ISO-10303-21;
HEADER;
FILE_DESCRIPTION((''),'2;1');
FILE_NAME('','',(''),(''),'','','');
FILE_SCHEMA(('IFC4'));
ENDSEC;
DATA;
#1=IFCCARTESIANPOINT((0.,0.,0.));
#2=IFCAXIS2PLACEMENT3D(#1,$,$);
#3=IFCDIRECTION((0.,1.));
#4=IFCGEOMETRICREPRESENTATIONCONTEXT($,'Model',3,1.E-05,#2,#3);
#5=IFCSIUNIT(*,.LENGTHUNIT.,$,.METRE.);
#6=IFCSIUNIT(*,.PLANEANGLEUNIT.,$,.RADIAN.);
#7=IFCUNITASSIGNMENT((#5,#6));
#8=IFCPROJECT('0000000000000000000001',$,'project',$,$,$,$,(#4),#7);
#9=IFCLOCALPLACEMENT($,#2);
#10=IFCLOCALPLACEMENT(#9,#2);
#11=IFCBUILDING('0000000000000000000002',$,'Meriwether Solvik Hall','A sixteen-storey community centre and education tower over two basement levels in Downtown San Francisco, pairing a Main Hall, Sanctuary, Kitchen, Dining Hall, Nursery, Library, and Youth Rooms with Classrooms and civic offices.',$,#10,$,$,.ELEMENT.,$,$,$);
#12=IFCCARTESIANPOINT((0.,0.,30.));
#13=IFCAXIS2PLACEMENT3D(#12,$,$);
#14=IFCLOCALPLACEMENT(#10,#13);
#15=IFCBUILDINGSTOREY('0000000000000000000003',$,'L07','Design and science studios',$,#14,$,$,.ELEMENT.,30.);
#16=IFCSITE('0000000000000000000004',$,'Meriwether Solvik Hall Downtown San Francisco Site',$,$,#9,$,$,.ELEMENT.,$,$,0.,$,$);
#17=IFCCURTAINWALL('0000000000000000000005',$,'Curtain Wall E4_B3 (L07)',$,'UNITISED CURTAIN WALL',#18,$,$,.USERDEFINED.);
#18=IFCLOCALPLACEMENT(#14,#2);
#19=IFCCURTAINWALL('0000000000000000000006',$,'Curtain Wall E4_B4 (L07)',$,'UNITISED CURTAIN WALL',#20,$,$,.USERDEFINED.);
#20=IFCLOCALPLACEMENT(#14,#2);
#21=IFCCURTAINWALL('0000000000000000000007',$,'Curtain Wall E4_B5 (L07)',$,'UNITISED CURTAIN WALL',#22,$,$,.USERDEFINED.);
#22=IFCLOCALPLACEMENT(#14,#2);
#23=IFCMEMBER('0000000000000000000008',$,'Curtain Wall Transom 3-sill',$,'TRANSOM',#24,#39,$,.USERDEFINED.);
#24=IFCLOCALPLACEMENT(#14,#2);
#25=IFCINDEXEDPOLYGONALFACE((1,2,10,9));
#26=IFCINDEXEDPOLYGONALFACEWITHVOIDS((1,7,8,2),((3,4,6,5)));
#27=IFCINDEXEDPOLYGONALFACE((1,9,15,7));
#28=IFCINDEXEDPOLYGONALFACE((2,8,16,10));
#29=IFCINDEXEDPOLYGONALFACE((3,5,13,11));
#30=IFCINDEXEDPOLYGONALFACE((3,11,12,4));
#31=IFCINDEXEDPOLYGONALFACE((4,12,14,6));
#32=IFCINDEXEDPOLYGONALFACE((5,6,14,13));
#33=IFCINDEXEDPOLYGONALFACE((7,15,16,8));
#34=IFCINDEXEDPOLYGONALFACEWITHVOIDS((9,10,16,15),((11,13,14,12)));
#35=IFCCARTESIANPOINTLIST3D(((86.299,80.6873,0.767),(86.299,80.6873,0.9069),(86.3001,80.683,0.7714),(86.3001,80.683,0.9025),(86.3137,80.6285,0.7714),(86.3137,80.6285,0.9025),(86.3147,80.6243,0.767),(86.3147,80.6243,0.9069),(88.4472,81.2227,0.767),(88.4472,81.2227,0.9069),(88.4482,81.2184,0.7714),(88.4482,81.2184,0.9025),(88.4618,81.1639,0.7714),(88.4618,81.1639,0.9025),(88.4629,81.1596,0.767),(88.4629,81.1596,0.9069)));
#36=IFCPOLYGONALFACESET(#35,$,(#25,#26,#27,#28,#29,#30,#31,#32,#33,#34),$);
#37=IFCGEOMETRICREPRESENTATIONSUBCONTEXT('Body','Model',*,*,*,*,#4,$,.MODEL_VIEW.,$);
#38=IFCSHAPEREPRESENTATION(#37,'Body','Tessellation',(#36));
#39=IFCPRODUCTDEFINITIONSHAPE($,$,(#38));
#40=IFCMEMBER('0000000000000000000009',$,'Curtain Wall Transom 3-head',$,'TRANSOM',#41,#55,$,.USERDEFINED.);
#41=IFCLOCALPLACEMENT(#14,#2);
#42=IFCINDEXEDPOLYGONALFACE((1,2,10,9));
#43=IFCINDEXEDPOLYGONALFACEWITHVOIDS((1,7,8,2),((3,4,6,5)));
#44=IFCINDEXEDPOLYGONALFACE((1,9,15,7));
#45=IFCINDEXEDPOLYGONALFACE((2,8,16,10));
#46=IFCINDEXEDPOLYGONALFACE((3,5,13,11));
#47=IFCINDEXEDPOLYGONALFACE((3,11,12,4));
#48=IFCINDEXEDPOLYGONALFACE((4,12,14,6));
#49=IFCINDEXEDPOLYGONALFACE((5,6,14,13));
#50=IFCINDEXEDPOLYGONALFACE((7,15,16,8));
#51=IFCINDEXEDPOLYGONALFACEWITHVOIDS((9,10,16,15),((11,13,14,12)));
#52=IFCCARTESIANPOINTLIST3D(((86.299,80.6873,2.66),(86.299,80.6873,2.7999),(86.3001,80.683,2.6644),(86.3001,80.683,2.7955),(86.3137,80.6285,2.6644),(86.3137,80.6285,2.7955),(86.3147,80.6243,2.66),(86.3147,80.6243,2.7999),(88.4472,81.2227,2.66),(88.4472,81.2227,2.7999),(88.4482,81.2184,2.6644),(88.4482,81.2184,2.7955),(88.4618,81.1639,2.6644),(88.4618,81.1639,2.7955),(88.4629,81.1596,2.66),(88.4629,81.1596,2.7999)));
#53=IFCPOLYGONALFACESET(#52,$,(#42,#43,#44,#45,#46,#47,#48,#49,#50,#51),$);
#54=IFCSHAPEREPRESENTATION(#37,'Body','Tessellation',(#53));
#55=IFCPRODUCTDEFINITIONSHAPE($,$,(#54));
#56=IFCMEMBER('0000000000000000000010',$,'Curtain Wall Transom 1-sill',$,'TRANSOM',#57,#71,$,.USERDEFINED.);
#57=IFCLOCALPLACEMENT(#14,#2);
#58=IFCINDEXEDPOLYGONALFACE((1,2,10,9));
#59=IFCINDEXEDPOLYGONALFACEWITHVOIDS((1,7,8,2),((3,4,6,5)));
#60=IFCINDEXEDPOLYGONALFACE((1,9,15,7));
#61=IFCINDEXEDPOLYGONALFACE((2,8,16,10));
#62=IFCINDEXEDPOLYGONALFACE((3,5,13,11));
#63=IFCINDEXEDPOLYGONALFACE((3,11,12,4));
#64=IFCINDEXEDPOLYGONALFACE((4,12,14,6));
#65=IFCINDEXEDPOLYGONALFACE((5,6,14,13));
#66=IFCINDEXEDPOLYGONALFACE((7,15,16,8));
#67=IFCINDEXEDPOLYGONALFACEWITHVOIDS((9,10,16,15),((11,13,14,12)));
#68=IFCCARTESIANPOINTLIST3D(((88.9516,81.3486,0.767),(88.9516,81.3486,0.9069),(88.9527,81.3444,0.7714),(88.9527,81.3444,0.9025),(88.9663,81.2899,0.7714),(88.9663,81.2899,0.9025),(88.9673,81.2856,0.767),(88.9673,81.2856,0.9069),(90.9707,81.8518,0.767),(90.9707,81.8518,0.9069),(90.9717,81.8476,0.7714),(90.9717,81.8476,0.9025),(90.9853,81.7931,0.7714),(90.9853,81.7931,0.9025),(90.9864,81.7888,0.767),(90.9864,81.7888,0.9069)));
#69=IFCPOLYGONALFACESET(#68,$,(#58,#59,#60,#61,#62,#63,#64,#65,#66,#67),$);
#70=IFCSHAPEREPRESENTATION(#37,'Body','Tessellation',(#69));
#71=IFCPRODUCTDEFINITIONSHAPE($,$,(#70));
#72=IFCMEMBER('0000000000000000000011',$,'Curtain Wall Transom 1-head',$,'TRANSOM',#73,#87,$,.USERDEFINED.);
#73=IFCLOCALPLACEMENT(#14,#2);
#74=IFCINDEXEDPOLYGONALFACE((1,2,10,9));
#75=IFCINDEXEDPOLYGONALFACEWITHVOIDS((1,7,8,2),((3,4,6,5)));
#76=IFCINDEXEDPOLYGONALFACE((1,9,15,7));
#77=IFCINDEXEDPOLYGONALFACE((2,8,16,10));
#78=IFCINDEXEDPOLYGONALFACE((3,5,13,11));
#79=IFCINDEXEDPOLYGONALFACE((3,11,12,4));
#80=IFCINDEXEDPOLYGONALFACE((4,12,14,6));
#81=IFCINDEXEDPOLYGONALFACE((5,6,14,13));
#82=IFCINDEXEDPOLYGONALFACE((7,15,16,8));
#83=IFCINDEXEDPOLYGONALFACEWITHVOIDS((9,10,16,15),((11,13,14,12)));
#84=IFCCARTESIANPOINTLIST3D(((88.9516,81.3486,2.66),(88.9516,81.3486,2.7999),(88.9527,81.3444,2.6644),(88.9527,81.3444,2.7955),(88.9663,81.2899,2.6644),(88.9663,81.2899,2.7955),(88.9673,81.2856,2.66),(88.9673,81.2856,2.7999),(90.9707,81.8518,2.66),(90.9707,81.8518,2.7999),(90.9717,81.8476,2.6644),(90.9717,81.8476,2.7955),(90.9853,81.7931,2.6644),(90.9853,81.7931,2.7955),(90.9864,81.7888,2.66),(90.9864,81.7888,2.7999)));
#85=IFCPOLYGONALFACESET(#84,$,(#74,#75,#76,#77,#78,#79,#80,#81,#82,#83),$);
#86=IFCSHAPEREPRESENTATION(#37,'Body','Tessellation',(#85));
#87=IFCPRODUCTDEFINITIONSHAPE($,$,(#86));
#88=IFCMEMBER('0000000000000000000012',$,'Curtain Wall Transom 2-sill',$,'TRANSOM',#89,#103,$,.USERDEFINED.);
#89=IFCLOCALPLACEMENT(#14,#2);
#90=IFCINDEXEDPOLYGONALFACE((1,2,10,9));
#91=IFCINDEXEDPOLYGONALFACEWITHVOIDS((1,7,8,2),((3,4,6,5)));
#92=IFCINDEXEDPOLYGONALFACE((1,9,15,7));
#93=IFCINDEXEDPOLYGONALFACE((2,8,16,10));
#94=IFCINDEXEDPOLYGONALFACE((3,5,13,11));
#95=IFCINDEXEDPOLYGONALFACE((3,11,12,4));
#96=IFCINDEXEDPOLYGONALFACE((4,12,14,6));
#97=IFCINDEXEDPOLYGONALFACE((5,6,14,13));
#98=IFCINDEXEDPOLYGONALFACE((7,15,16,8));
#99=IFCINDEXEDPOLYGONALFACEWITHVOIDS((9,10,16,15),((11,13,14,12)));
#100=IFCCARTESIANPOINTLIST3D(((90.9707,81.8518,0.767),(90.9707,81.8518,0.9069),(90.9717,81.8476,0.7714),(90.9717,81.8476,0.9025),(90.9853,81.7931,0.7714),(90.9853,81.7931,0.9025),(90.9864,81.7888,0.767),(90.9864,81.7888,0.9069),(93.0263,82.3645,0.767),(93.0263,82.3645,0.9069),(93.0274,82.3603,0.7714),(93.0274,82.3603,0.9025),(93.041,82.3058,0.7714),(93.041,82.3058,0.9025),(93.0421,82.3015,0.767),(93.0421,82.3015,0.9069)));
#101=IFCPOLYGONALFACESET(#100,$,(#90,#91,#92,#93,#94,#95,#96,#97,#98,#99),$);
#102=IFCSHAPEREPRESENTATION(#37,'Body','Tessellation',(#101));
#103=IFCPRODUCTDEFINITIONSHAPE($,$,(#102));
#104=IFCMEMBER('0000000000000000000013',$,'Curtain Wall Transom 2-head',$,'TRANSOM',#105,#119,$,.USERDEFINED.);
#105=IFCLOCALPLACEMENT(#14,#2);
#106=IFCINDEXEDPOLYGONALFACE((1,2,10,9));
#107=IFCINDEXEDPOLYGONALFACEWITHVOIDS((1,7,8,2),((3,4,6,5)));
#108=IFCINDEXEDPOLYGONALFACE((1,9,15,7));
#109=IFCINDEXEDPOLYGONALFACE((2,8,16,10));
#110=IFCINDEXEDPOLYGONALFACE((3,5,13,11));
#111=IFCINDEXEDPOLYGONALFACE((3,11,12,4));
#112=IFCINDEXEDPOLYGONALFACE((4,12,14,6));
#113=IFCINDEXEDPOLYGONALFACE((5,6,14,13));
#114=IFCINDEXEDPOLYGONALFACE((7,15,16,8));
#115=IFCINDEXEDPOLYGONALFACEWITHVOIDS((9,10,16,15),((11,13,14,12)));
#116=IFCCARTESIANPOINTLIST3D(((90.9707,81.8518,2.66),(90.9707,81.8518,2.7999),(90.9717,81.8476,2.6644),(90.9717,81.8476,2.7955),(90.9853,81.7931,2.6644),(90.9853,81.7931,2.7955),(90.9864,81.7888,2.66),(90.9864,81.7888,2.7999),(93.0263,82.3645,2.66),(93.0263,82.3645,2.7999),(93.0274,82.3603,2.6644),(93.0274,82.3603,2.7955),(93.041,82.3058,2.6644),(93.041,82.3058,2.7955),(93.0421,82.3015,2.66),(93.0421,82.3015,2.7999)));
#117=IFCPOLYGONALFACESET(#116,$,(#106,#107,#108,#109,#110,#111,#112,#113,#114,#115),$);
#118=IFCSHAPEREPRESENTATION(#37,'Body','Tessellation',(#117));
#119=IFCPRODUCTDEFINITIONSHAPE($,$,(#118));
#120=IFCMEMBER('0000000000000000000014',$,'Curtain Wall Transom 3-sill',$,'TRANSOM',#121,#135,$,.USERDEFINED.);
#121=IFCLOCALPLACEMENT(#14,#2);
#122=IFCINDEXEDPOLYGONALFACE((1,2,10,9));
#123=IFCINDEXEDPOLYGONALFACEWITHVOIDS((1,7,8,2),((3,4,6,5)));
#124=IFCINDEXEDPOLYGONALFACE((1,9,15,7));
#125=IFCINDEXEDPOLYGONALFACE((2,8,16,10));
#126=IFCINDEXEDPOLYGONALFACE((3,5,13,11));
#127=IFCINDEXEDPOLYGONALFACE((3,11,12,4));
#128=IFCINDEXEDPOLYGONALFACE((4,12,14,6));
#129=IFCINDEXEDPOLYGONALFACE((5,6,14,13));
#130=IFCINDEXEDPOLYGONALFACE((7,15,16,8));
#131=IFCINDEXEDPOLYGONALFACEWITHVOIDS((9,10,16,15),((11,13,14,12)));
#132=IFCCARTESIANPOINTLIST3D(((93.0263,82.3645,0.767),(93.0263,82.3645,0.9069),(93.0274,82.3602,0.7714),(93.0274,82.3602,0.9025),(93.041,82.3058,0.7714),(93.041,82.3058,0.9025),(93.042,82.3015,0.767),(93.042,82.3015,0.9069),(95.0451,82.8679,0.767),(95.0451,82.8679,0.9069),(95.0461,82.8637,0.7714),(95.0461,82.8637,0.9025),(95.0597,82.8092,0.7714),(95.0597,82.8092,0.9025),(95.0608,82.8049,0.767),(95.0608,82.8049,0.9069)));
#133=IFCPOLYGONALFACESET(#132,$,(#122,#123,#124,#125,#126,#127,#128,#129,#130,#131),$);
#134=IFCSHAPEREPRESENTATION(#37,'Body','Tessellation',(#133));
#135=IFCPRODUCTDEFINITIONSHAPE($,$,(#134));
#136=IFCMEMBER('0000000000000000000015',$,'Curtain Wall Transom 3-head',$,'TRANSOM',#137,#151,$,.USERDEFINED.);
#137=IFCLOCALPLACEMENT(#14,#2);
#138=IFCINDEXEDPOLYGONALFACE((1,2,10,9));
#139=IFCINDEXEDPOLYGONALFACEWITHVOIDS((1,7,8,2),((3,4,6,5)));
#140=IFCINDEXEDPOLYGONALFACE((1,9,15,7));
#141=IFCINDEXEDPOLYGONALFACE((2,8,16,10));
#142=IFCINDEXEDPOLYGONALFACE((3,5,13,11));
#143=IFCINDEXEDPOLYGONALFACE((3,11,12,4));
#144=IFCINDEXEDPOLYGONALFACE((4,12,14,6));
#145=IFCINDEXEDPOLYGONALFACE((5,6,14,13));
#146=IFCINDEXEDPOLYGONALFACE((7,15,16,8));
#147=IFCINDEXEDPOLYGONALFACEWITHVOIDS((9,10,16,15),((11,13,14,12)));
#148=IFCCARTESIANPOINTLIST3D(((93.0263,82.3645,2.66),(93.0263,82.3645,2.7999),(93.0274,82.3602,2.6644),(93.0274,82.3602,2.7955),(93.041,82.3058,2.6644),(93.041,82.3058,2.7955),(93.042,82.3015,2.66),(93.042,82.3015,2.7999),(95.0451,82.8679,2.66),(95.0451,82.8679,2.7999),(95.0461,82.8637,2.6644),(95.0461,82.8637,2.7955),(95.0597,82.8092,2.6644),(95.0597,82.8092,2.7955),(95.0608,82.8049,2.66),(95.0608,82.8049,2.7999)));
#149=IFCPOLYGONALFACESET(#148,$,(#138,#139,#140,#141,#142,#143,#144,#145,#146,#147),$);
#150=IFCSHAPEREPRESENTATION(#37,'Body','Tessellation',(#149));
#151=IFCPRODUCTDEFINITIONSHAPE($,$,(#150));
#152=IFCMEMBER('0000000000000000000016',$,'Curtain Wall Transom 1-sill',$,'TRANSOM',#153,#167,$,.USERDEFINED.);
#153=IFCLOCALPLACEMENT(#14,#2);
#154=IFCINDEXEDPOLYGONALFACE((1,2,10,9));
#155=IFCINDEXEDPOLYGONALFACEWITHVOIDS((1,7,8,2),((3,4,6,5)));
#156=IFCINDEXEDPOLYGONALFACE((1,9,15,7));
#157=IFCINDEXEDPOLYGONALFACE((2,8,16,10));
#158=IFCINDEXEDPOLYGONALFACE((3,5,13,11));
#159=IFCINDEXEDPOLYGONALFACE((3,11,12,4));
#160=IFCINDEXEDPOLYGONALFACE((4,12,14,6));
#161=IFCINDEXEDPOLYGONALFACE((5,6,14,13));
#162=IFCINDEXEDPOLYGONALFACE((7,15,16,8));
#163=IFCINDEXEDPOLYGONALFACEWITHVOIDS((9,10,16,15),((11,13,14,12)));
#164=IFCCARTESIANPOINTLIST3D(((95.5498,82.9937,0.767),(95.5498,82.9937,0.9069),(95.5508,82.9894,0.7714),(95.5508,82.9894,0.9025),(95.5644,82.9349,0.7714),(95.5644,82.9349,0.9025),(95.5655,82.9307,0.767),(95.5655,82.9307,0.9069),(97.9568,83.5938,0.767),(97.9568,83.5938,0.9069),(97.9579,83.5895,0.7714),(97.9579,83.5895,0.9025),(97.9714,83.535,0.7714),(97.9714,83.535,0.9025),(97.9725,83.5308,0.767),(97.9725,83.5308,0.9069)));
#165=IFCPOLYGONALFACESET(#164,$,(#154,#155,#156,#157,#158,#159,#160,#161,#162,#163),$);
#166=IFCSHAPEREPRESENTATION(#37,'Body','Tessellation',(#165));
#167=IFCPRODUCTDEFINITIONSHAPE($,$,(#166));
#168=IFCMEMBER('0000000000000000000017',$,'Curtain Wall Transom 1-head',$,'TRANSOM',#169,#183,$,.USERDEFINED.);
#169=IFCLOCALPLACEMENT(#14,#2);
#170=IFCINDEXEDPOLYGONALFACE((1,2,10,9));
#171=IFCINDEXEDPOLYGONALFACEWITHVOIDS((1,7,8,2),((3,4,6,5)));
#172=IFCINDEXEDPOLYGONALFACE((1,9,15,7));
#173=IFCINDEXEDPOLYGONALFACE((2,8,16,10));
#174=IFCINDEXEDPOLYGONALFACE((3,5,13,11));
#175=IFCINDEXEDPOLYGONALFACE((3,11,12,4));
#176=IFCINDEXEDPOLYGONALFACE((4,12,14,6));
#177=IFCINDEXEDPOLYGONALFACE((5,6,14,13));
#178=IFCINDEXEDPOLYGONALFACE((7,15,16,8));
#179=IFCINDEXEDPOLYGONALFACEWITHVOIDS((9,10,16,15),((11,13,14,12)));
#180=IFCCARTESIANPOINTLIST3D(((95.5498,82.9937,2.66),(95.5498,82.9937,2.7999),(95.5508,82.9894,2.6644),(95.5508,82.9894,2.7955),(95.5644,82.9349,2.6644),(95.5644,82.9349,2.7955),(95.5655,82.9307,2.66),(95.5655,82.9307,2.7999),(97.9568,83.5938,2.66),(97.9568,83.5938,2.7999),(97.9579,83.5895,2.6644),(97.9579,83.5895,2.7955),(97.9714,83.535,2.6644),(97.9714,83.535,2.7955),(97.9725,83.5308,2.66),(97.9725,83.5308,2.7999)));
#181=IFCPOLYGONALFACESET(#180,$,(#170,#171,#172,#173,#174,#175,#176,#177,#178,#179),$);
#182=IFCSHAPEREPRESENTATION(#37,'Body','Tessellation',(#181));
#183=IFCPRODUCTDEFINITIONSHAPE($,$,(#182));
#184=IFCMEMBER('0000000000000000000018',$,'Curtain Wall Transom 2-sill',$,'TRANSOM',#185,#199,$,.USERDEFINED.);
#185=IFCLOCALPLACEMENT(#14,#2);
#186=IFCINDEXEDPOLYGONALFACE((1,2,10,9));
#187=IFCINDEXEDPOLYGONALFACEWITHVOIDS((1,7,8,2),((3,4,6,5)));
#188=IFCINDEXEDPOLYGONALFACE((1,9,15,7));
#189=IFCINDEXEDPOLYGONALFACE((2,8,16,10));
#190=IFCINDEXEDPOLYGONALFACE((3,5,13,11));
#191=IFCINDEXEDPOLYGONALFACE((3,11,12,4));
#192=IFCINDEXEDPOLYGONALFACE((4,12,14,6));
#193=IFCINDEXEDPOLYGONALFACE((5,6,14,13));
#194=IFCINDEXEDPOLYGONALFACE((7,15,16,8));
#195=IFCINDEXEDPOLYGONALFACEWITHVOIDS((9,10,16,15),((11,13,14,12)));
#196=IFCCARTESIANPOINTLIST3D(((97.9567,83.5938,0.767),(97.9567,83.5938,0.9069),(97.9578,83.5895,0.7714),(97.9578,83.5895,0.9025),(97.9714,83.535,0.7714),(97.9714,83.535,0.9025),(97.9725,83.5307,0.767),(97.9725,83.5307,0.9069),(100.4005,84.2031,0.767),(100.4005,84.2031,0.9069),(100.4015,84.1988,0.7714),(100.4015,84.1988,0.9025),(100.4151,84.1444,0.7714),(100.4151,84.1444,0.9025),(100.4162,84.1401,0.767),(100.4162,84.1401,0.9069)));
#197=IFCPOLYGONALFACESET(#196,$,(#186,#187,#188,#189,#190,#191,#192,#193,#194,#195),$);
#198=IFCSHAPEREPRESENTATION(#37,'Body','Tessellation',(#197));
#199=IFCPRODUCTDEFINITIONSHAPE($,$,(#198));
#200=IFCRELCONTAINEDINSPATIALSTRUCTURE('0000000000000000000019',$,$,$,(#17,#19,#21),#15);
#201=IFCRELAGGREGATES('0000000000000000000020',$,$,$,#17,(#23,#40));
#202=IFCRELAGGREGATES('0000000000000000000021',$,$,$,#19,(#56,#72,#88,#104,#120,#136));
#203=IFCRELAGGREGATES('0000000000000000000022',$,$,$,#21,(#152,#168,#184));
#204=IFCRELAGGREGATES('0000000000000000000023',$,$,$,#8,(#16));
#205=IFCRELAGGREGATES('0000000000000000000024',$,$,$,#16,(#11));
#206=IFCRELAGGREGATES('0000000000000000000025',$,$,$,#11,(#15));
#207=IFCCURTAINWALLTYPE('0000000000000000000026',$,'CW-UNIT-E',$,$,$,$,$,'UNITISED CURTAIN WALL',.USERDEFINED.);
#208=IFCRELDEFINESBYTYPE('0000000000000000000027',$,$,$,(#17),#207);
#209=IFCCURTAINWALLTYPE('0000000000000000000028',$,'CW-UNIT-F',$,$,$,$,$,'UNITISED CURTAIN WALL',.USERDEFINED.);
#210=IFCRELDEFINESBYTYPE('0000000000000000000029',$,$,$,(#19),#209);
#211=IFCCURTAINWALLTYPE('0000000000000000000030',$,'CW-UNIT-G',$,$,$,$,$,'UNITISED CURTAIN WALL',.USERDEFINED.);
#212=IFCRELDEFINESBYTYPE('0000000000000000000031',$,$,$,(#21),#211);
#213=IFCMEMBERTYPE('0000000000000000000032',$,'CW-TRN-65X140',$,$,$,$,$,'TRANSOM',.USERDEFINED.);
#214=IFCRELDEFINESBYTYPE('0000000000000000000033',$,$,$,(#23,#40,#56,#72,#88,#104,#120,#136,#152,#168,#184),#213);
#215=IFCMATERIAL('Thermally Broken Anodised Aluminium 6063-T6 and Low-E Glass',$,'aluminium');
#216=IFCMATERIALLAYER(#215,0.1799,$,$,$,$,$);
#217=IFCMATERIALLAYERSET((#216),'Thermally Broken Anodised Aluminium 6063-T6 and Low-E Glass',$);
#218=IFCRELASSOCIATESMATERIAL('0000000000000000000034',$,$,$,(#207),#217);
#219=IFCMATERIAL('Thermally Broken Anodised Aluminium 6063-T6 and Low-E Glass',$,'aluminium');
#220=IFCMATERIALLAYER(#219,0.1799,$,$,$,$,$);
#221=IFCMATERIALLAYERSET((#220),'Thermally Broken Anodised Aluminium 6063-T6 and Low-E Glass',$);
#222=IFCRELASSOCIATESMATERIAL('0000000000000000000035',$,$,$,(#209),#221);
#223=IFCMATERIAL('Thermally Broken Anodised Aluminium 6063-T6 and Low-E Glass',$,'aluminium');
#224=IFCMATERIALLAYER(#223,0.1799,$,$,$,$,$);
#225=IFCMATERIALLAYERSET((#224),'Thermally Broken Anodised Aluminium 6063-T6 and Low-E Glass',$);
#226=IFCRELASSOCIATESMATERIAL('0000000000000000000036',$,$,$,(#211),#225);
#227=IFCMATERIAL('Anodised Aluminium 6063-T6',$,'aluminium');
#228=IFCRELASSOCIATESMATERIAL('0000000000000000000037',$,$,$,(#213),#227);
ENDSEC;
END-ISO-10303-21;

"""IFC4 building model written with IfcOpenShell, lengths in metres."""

from ifc_helpers import new_model, si_unit, direction, frame, origin, origin_2d, place, context, subcontext, project, spatial, hollow_rectangle, extrude, material, layer, layer_set, material_profile, profile_set, type_object, element, aggregate, save


model = new_model("IFC4")

# Units and contexts
model_context = context("Model", 3, precision=1e-05, world=origin(), true_north=direction((0.0, 1.0)))
body_context = subcontext(model_context, "Body", "Model", "MODEL_VIEW")
ifc_project = project(units=[si_unit("LENGTHUNIT", "METRE"), si_unit("PLANEANGLEUNIT", "RADIAN")], contexts=[model_context])

# Site, building, storey
site_placement = place(None, origin())
site = spatial("IfcSite", under=ifc_project, at=site_placement, Name="Meriwether Solvik Hall Downtown San Francisco Site", CompositionType="ELEMENT", RefElevation=0.0)
building_placement = place(site_placement, origin())
building = spatial("IfcBuilding", under=site, at=building_placement, Name="Meriwether Solvik Hall", Description="A sixteen-storey community centre and education tower over two basement levels in Downtown San Francisco, pairing a Main Hall, Sanctuary, Kitchen, Dining Hall, Nursery, Library, and Youth Rooms with Classrooms and civic offices.", CompositionType="ELEMENT")
storey_placement = place(building_placement, frame((0.0, 0.0, 30.0)))
storey = spatial("IfcBuildingStorey", under=building, at=storey_placement, Name="L07", Description="Design and science studios", CompositionType="ELEMENT", Elevation=30.0)

# Curtain walls
ifc_material_1 = material(Name="Thermally Broken Anodised Aluminium 6063-T6 and Low-E Glass", Category="aluminium")
ifc_layer_1 = layer(ifc_material_1, 0.1799)
ifc_layer_set_1 = layer_set([ifc_layer_1], Name="Thermally Broken Anodised Aluminium 6063-T6 and Low-E Glass")
curtain_wall_type_1 = type_object("IfcCurtainWallType", Name="CW-UNIT-E", ElementType="UNITISED CURTAIN WALL", PredefinedType="USERDEFINED", material=ifc_layer_set_1)
curtain_wall_1_placement = place(storey_placement, origin())
curtain_wall_1 = element("IfcCurtainWall", 1, at=curtain_wall_1_placement, inside=storey, type_object=curtain_wall_type_1, Name="Curtain Wall E4_B3 (L07)", ObjectType="UNITISED CURTAIN WALL", PredefinedType="USERDEFINED")
ifc_material_2 = material(Name="Thermally Broken Anodised Aluminium 6063-T6 and Low-E Glass", Category="aluminium")
ifc_layer_2 = layer(ifc_material_2, 0.1799)
ifc_layer_set_2 = layer_set([ifc_layer_2], Name="Thermally Broken Anodised Aluminium 6063-T6 and Low-E Glass")
curtain_wall_type_2 = type_object("IfcCurtainWallType", Name="CW-UNIT-F", ElementType="UNITISED CURTAIN WALL", PredefinedType="USERDEFINED", material=ifc_layer_set_2)
curtain_wall_2_placement = place(storey_placement, origin())
curtain_wall_2 = element("IfcCurtainWall", 2, at=curtain_wall_2_placement, inside=storey, type_object=curtain_wall_type_2, Name="Curtain Wall E4_B4 (L07)", ObjectType="UNITISED CURTAIN WALL", PredefinedType="USERDEFINED")
ifc_material_3 = material(Name="Thermally Broken Anodised Aluminium 6063-T6 and Low-E Glass", Category="aluminium")
ifc_layer_3 = layer(ifc_material_3, 0.1799)
ifc_layer_set_3 = layer_set([ifc_layer_3], Name="Thermally Broken Anodised Aluminium 6063-T6 and Low-E Glass")
curtain_wall_type_3 = type_object("IfcCurtainWallType", Name="CW-UNIT-G", ElementType="UNITISED CURTAIN WALL", PredefinedType="USERDEFINED", material=ifc_layer_set_3)
curtain_wall_3_placement = place(storey_placement, origin())
curtain_wall_3 = element("IfcCurtainWall", 3, at=curtain_wall_3_placement, inside=storey, type_object=curtain_wall_type_3, Name="Curtain Wall E4_B5 (L07)", ObjectType="UNITISED CURTAIN WALL", PredefinedType="USERDEFINED")

# Members
ifc_material_4 = material(Name="Anodised Aluminium 6063-T6", Category="aluminium")
ifc_material_profile_1 = material_profile(ifc_material_4, hollow_rectangle(XDim=0.0649, YDim=0.1399, WallThickness=0.0044, at=origin_2d()), Name="CWT-65X140")
ifc_profile_set_1 = profile_set([ifc_material_profile_1], Name="Anodised Aluminium 6063-T6")
member_type_1 = type_object("IfcMemberType", Name="CW-TRN-65X140", ElementType="TRANSOM", PredefinedType="USERDEFINED", material=ifc_profile_set_1)
member_1_placement = place(storey_placement, frame((86.3069, 80.6558, 0.8369), z_axis=(0.970317, 0.241835, 0.0), x_axis=(-0.241835, 0.970317, 0.0)))
member_1 = element("IfcMember", 4, at=member_1_placement, type_object=member_type_1, Name="Curtain Wall Transom 3-sill", ObjectType="TRANSOM", PredefinedType="USERDEFINED", context=body_context, shape_type="SweptSolid", body=[
    extrude(hollow_rectangle(XDim=0.0649, YDim=0.1399, WallThickness=0.0044, at=origin_2d()), origin(), (0.0, 0.0, 1.0), 2.2139),
])
member_2_placement = place(storey_placement, frame((86.3069, 80.6558, 2.73), z_axis=(0.970317, 0.241835, 0.0), x_axis=(-0.241835, 0.970317, 0.0)))
member_2 = element("IfcMember", 5, at=member_2_placement, type_object=member_type_1, Name="Curtain Wall Transom 3-head", ObjectType="TRANSOM", PredefinedType="USERDEFINED", context=body_context, shape_type="SweptSolid", body=[
    extrude(hollow_rectangle(XDim=0.0649, YDim=0.1399, WallThickness=0.0044, at=origin_2d()), origin(), (0.0, 0.0, 1.0), 2.2139),
])
member_3_placement = place(storey_placement, frame((88.9595, 81.3171, 0.8369), z_axis=(0.970322, 0.241818, 0.0), x_axis=(-0.241818, 0.970322, 0.0)))
member_3 = element("IfcMember", 6, at=member_3_placement, type_object=member_type_1, Name="Curtain Wall Transom 1-sill", ObjectType="TRANSOM", PredefinedType="USERDEFINED", context=body_context, shape_type="SweptSolid", body=[
    extrude(hollow_rectangle(XDim=0.0649, YDim=0.1399, WallThickness=0.0044, at=origin_2d()), origin(), (0.0, 0.0, 1.0), 2.0808),
])
member_4_placement = place(storey_placement, frame((88.9595, 81.3171, 2.73), z_axis=(0.970322, 0.241818, 0.0), x_axis=(-0.241818, 0.970322, 0.0)))
member_4 = element("IfcMember", 7, at=member_4_placement, type_object=member_type_1, Name="Curtain Wall Transom 1-head", ObjectType="TRANSOM", PredefinedType="USERDEFINED", context=body_context, shape_type="SweptSolid", body=[
    extrude(hollow_rectangle(XDim=0.0649, YDim=0.1399, WallThickness=0.0044, at=origin_2d()), origin(), (0.0, 0.0, 1.0), 2.0808),
])
member_5_placement = place(storey_placement, frame((90.9785, 81.8203, 0.8369), z_axis=(0.970278, 0.241993, 0.0), x_axis=(-0.241993, 0.970278, 0.0)))
member_5 = element("IfcMember", 8, at=member_5_placement, type_object=member_type_1, Name="Curtain Wall Transom 2-sill", ObjectType="TRANSOM", PredefinedType="USERDEFINED", context=body_context, shape_type="SweptSolid", body=[
    extrude(hollow_rectangle(XDim=0.0649, YDim=0.1399, WallThickness=0.0044, at=origin_2d()), origin(), (0.0, 0.0, 1.0), 2.1187),
])
member_6_placement = place(storey_placement, frame((90.9785, 81.8203, 2.73), z_axis=(0.970278, 0.241993, 0.0), x_axis=(-0.241993, 0.970278, 0.0)))
member_6 = element("IfcMember", 9, at=member_6_placement, type_object=member_type_1, Name="Curtain Wall Transom 2-head", ObjectType="TRANSOM", PredefinedType="USERDEFINED", context=body_context, shape_type="SweptSolid", body=[
    extrude(hollow_rectangle(XDim=0.0649, YDim=0.1399, WallThickness=0.0044, at=origin_2d()), origin(), (0.0, 0.0, 1.0), 2.1187),
])
member_7_placement = place(storey_placement, frame((93.0342, 82.333, 0.8369), z_axis=(0.970287, 0.241956, 0.0), x_axis=(-0.241956, 0.970287, 0.0)))
member_7 = element("IfcMember", 10, at=member_7_placement, type_object=member_type_1, Name="Curtain Wall Transom 3-sill", ObjectType="TRANSOM", PredefinedType="USERDEFINED", context=body_context, shape_type="SweptSolid", body=[
    extrude(hollow_rectangle(XDim=0.0649, YDim=0.1399, WallThickness=0.0044, at=origin_2d()), origin(), (0.0, 0.0, 1.0), 2.0806),
])
member_8_placement = place(storey_placement, frame((93.0342, 82.333, 2.73), z_axis=(0.970287, 0.241956, 0.0), x_axis=(-0.241956, 0.970287, 0.0)))
member_8 = element("IfcMember", 11, at=member_8_placement, type_object=member_type_1, Name="Curtain Wall Transom 3-head", ObjectType="TRANSOM", PredefinedType="USERDEFINED", context=body_context, shape_type="SweptSolid", body=[
    extrude(hollow_rectangle(XDim=0.0649, YDim=0.1399, WallThickness=0.0044, at=origin_2d()), origin(), (0.0, 0.0, 1.0), 2.0806),
])
member_9_placement = place(storey_placement, frame((95.5576, 82.9622, 0.8369), z_axis=(0.970299, 0.24191, 0.0), x_axis=(-0.24191, 0.970299, 0.0)))
member_9 = element("IfcMember", 12, at=member_9_placement, type_object=member_type_1, Name="Curtain Wall Transom 1-sill", ObjectType="TRANSOM", PredefinedType="USERDEFINED", context=body_context, shape_type="SweptSolid", body=[
    extrude(hollow_rectangle(XDim=0.0649, YDim=0.1399, WallThickness=0.0044, at=origin_2d()), origin(), (0.0, 0.0, 1.0), 2.4807),
])
member_10_placement = place(storey_placement, frame((95.5576, 82.9622, 2.73), z_axis=(0.970299, 0.24191, 0.0), x_axis=(-0.24191, 0.970299, 0.0)))
member_10 = element("IfcMember", 13, at=member_10_placement, type_object=member_type_1, Name="Curtain Wall Transom 1-head", ObjectType="TRANSOM", PredefinedType="USERDEFINED", context=body_context, shape_type="SweptSolid", body=[
    extrude(hollow_rectangle(XDim=0.0649, YDim=0.1399, WallThickness=0.0044, at=origin_2d()), origin(), (0.0, 0.0, 1.0), 2.4807),
])
member_11_placement = place(storey_placement, frame((97.9646, 83.5623, 0.8369), z_axis=(0.970291, 0.241943, 0.0), x_axis=(-0.241943, 0.970291, 0.0)))
member_11 = element("IfcMember", 14, at=member_11_placement, type_object=member_type_1, Name="Curtain Wall Transom 2-sill", ObjectType="TRANSOM", PredefinedType="USERDEFINED", context=body_context, shape_type="SweptSolid", body=[
    extrude(hollow_rectangle(XDim=0.0649, YDim=0.1399, WallThickness=0.0044, at=origin_2d()), origin(), (0.0, 0.0, 1.0), 2.5186),
])

aggregate(curtain_wall_1, [member_1, member_2])
aggregate(curtain_wall_2, [member_3, member_4, member_5, member_6, member_7, member_8])
aggregate(curtain_wall_3, [member_9, member_10, member_11])

save(model, "model.ifc")
